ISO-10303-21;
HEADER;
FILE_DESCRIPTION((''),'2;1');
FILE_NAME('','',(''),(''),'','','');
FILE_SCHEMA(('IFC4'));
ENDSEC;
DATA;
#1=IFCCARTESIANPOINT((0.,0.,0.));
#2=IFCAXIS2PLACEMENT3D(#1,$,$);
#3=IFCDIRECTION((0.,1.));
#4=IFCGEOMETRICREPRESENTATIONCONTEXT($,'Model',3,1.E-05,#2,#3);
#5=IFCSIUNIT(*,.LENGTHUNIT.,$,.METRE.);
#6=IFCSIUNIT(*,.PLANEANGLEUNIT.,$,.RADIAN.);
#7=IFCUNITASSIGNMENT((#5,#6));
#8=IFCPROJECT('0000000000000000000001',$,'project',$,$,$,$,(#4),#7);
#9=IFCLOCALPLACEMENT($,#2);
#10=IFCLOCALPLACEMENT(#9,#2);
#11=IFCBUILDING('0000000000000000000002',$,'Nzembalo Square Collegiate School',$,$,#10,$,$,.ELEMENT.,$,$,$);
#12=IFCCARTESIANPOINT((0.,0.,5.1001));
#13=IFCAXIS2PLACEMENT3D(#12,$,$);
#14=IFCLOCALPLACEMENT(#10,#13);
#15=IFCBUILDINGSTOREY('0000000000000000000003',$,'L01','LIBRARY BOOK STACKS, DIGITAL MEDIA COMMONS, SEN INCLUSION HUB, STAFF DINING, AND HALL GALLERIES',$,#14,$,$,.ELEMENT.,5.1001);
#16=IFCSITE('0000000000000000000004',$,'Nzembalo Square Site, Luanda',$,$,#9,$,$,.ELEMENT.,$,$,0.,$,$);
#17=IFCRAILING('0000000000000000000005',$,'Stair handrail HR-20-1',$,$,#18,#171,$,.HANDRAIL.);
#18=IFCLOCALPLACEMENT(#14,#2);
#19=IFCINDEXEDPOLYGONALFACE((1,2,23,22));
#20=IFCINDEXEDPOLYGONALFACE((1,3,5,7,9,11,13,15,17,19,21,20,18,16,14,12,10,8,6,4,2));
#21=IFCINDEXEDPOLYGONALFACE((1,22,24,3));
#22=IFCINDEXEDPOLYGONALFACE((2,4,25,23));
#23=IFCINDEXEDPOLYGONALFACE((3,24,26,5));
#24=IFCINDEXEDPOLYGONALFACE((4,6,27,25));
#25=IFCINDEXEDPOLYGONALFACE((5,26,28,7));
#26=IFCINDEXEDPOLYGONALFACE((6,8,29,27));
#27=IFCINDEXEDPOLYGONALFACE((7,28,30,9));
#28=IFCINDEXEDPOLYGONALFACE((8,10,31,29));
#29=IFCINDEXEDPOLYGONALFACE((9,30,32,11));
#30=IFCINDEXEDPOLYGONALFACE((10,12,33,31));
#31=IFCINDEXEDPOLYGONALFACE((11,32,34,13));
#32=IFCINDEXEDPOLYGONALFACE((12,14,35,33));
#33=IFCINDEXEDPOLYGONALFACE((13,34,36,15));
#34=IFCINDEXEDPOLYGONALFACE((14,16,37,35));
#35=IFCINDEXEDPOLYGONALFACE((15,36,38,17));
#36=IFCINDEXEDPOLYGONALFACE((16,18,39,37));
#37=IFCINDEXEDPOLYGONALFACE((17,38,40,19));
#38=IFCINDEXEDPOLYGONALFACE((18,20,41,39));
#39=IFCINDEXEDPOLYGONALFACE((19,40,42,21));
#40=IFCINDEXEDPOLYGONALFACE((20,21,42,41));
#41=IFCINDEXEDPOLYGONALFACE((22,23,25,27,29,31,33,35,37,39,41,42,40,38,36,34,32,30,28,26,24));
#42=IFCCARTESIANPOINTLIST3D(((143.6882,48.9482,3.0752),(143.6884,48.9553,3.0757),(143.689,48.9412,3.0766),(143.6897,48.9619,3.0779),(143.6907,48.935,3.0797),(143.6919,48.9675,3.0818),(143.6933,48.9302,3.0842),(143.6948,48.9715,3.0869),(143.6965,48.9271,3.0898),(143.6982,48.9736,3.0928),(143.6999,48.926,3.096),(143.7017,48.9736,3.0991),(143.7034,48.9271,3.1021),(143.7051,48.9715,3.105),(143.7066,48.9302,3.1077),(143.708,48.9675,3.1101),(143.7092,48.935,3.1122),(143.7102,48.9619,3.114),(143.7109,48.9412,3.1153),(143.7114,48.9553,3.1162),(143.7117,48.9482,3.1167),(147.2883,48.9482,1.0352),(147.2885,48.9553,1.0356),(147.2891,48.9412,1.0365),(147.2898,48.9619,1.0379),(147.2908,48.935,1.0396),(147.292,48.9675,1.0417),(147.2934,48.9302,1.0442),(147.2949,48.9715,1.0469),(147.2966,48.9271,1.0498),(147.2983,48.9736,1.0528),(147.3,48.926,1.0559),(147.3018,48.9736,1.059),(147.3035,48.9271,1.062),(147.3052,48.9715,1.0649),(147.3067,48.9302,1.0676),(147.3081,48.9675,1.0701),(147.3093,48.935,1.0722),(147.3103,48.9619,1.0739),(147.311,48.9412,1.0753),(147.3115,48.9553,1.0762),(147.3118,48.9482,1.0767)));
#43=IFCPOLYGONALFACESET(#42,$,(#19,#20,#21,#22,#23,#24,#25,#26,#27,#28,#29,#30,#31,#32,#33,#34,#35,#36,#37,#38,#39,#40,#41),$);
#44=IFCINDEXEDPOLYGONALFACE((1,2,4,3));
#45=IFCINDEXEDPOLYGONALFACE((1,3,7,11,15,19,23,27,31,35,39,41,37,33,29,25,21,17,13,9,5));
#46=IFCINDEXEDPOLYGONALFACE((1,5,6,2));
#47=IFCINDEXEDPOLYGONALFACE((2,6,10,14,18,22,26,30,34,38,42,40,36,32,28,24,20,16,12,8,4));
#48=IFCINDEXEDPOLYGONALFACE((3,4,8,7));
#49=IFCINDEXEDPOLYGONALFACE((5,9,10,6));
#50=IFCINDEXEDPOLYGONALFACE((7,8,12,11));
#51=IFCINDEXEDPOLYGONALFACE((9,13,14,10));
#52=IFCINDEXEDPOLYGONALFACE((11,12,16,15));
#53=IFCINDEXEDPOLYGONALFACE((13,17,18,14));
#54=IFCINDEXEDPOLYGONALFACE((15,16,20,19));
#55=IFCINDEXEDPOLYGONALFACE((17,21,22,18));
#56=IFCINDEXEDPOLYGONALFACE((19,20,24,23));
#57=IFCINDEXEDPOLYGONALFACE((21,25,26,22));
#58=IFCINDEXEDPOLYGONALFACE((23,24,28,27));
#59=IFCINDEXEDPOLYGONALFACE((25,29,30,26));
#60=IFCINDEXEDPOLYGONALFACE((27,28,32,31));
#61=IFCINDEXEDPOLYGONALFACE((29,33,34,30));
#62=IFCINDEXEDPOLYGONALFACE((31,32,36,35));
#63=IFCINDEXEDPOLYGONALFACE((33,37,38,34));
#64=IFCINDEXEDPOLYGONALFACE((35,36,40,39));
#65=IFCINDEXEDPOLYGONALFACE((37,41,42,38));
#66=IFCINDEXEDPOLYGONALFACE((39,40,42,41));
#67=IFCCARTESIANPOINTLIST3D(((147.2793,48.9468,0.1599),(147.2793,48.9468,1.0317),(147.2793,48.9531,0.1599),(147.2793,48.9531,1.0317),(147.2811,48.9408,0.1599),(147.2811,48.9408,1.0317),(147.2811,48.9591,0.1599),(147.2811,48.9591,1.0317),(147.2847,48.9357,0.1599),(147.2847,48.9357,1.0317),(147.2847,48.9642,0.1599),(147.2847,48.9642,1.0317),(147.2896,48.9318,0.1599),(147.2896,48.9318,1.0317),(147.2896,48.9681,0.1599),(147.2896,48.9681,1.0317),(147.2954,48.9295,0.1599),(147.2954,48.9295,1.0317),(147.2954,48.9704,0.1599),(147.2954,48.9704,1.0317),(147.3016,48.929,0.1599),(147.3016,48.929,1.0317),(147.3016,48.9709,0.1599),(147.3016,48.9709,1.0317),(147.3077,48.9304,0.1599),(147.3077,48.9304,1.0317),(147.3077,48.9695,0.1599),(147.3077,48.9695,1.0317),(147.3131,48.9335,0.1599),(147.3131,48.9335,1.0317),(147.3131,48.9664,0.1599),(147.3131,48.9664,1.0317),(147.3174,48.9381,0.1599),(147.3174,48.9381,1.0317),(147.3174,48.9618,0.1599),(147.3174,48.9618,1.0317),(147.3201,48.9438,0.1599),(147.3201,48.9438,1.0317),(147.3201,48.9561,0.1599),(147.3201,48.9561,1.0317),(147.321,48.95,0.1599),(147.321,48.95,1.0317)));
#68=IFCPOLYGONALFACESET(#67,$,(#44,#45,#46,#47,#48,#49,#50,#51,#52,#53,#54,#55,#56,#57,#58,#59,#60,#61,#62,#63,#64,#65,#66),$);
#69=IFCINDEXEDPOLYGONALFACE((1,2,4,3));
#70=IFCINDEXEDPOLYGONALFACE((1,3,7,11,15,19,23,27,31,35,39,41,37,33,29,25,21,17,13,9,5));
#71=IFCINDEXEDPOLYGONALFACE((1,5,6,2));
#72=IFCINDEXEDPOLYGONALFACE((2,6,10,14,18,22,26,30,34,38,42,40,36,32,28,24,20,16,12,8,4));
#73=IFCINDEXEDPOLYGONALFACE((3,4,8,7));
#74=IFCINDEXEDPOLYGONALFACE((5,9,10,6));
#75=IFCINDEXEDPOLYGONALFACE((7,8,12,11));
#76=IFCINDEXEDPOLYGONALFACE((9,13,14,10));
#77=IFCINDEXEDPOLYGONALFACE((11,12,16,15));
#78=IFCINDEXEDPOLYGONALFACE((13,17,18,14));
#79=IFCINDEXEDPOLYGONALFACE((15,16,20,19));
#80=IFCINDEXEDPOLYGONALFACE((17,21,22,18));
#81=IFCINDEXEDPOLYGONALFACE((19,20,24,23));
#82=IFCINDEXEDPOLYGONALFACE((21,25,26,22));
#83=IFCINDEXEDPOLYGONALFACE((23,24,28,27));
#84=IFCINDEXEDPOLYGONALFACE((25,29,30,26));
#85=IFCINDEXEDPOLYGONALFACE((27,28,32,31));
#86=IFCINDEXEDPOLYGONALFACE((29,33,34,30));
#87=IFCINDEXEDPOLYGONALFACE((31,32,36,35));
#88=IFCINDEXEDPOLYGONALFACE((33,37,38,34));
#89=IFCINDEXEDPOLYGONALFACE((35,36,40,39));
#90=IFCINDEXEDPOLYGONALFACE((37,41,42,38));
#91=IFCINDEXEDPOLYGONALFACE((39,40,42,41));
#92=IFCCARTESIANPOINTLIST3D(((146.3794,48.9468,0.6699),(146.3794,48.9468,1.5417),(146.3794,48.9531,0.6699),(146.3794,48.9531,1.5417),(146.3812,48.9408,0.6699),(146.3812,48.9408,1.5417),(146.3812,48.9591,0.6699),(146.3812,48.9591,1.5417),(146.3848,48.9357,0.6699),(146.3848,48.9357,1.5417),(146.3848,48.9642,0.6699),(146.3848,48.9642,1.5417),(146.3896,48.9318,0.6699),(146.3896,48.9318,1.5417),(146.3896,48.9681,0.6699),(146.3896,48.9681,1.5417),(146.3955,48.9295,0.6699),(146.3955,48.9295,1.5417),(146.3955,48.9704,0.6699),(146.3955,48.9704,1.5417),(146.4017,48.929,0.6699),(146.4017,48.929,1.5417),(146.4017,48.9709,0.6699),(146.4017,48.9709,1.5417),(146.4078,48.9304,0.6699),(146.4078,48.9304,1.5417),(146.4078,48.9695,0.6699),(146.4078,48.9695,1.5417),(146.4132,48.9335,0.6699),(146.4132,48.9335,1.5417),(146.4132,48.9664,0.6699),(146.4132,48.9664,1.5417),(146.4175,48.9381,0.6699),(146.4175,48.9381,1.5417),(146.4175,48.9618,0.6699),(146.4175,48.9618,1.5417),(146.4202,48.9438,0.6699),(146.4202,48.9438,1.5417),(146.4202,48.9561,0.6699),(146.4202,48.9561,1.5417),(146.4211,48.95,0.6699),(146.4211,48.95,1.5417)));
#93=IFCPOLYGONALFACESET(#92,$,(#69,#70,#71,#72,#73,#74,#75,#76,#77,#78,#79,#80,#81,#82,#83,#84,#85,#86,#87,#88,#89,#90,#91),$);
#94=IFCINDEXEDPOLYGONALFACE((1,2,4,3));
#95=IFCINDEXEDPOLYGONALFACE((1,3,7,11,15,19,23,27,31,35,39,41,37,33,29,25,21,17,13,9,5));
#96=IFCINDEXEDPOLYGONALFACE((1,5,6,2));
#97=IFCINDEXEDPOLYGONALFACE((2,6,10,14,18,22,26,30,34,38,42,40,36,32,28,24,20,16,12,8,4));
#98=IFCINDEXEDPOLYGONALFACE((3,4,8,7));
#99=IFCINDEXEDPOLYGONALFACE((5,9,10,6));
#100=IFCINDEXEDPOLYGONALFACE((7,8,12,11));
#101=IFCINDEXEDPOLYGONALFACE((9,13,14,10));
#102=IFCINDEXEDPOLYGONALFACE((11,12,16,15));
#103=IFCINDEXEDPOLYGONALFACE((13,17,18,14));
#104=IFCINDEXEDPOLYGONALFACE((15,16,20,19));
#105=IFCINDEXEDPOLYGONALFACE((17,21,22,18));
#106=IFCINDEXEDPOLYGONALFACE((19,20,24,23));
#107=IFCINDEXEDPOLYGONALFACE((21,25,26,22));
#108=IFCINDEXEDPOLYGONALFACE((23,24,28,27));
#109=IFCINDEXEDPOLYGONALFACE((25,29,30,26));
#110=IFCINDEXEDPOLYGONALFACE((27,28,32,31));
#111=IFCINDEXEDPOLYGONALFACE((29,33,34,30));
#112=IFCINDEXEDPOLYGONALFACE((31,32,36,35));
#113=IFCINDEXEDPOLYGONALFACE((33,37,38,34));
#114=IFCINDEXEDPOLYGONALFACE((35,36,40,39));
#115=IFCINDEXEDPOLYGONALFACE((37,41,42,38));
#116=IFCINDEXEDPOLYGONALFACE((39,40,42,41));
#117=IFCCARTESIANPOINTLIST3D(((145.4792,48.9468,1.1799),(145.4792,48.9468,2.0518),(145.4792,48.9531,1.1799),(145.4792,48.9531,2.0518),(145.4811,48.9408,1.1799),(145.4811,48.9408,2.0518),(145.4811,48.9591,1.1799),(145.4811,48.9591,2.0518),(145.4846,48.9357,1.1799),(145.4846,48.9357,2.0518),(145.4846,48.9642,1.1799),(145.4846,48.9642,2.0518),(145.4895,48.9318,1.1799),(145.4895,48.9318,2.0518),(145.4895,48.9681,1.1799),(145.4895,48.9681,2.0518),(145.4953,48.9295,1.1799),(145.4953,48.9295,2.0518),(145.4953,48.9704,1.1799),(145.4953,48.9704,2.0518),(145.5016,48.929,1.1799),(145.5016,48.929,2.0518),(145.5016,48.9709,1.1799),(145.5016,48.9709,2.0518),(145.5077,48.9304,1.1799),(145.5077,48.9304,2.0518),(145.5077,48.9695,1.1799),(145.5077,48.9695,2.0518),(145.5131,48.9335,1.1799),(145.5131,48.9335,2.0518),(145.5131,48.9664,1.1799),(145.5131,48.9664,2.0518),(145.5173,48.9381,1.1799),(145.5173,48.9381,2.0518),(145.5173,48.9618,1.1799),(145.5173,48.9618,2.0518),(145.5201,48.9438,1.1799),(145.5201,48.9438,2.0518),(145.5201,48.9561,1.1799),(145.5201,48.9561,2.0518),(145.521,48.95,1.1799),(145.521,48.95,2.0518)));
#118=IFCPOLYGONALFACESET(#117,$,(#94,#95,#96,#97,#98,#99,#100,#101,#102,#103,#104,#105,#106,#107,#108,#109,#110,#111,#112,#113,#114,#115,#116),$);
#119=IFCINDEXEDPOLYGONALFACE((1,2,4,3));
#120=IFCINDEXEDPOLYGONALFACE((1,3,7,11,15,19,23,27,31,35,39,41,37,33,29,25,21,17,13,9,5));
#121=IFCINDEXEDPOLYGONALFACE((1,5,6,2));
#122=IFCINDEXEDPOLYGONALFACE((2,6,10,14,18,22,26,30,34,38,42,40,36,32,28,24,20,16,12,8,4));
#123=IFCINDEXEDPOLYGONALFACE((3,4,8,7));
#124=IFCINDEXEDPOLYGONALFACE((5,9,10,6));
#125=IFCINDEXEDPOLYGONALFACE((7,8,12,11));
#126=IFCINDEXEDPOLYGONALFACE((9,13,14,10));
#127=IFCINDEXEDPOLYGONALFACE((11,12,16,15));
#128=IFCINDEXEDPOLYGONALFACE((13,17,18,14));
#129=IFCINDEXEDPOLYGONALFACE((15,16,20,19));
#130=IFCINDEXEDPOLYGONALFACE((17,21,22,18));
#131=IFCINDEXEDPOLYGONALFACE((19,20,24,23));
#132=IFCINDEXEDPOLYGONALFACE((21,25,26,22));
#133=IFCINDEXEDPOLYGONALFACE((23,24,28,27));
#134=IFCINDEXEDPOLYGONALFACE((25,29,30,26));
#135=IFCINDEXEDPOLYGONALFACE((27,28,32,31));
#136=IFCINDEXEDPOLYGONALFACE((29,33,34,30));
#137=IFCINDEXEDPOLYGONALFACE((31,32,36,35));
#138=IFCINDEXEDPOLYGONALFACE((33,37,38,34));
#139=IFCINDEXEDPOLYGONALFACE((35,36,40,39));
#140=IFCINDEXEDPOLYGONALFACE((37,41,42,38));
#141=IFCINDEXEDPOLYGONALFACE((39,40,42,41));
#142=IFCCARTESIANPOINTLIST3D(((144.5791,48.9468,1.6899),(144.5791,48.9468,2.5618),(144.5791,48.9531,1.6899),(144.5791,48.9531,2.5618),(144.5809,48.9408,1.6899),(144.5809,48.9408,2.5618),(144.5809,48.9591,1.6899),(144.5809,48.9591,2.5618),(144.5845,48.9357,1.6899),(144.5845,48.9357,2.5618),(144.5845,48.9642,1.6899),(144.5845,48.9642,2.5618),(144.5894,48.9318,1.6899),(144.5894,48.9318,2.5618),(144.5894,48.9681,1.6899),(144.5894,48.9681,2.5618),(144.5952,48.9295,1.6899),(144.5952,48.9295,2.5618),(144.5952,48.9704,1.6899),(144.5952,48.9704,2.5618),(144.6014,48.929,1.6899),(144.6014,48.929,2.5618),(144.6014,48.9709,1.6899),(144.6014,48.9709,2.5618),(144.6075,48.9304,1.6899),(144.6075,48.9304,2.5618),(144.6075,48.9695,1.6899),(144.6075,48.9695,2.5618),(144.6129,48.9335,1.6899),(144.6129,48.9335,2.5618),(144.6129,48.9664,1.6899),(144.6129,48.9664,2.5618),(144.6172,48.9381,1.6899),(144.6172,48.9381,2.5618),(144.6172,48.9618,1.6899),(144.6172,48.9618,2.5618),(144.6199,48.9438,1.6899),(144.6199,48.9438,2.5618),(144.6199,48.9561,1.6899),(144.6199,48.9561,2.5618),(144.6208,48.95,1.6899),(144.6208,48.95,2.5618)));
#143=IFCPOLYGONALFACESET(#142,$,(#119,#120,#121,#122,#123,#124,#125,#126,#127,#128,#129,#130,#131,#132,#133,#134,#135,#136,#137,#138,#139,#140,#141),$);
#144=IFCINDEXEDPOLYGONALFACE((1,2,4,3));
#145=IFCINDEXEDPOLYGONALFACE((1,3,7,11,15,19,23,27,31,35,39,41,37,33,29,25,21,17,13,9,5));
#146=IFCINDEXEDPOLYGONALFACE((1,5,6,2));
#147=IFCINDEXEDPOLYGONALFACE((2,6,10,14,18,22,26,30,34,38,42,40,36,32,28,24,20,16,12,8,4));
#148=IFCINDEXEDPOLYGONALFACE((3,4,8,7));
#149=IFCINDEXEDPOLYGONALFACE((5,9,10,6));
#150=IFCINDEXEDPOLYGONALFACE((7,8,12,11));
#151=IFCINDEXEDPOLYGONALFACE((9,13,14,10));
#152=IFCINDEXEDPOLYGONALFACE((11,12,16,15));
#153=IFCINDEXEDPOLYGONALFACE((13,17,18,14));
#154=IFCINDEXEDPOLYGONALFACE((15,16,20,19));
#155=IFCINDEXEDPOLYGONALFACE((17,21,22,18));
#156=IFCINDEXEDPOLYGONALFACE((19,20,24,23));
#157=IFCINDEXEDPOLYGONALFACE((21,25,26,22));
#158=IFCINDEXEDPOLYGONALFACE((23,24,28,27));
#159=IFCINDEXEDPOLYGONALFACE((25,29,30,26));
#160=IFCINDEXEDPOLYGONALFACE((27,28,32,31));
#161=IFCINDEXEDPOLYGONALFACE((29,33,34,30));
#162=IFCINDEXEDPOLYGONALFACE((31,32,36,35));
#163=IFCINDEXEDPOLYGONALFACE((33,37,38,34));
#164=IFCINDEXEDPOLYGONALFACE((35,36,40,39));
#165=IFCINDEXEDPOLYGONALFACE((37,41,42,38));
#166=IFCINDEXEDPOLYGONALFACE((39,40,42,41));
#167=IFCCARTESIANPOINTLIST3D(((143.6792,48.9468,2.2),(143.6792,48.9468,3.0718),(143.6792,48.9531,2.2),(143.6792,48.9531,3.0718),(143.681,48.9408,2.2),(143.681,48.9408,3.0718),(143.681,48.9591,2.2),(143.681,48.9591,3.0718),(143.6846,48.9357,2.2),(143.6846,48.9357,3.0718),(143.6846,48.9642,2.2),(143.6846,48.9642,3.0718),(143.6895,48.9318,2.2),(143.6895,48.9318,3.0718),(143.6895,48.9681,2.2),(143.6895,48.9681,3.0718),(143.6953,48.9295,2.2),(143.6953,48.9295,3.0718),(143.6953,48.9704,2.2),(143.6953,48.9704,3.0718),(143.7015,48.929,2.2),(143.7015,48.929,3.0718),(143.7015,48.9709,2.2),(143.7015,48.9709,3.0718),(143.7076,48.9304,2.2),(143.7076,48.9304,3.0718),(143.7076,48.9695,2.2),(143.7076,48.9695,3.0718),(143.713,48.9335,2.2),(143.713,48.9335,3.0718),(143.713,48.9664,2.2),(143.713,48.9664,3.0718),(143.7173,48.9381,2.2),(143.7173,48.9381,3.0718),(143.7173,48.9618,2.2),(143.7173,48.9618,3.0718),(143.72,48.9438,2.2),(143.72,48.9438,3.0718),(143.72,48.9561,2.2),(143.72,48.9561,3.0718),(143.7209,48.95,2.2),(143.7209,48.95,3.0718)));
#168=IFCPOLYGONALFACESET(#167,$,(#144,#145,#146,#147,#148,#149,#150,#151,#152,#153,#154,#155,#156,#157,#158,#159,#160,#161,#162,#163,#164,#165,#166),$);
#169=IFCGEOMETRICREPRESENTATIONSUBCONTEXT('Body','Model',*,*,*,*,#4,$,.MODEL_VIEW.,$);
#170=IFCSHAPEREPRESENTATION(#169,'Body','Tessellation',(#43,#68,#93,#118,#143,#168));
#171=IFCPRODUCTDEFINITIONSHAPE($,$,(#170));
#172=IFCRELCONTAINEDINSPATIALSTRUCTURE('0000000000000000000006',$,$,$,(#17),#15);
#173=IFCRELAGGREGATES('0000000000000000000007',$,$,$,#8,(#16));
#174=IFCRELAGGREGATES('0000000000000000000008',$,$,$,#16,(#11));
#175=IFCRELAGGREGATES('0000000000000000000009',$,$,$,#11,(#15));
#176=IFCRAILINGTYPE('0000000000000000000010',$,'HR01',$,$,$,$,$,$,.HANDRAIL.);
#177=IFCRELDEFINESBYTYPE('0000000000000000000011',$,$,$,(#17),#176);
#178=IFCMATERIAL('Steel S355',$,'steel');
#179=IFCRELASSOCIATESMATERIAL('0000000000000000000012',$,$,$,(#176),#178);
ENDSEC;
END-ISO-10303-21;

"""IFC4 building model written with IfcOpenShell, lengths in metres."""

from ifc_helpers import new_model, si_unit, direction, frame, origin, origin_2d, place, context, subcontext, project, spatial, circle, extrude, material, type_object, element, save


model = new_model("IFC4")

# Units and contexts
model_context = context("Model", 3, precision=1e-05, world=origin(), true_north=direction((0.0, 1.0)))
body_context = subcontext(model_context, "Body", "Model", "MODEL_VIEW")
ifc_project = project(units=[si_unit("LENGTHUNIT", "METRE"), si_unit("PLANEANGLEUNIT", "RADIAN")], contexts=[model_context])

# Site, building, storey
site_placement = place(None, origin())
site = spatial("IfcSite", under=ifc_project, at=site_placement, Name="Nzembalo Square Site, Luanda", CompositionType="ELEMENT", RefElevation=0.0)
building_placement = place(site_placement, origin())
building = spatial("IfcBuilding", under=site, at=building_placement, Name="Nzembalo Square Collegiate School", CompositionType="ELEMENT")
storey_placement = place(building_placement, frame((0.0, 0.0, 5.1001)))
storey = spatial("IfcBuildingStorey", under=building, at=storey_placement, Name="L01", Description="LIBRARY BOOK STACKS, DIGITAL MEDIA COMMONS, SEN INCLUSION HUB, STAFF DINING, AND HALL GALLERIES", CompositionType="ELEMENT", Elevation=5.1001)

# Railing
ifc_material_1 = material(Name="Steel S355", Category="steel")
railing_type_1 = type_object("IfcRailingType", Name="HR01", PredefinedType="HANDRAIL", material=ifc_material_1)
railing_1_placement = place(storey_placement, frame((147.3, 48.95, 0.1599)))
element("IfcRailing", 1, at=railing_1_placement, inside=storey, type_object=railing_type_1, Name="Stair handrail HR-20-1", PredefinedType="HANDRAIL", context=body_context, shape_type="SweptSolid", body=[
    extrude(circle(Radius=0.0239, at=origin_2d()), frame((0.0, 0.0, 0.896), z_axis=(-0.870024, 0.0, 0.49301), x_axis=(0.0, -1.0, 0.0)), (0.0, 0.0, 1.0), 4.1379),
    extrude(circle(Radius=0.021, at=origin_2d()), origin(), (0.0, 0.0, 1.0), 0.8718),
    extrude(circle(Radius=0.021, at=origin_2d()), frame((-0.8999, 0.0, 0.51)), (0.0, 0.0, 1.0), 0.8718),
    extrude(circle(Radius=0.021, at=origin_2d()), frame((-1.8, 0.0, 1.02)), (0.0, 0.0, 1.0), 0.8718),
    extrude(circle(Radius=0.021, at=origin_2d()), frame((-2.7002, 0.0, 1.53)), (0.0, 0.0, 1.0), 0.8718),
    extrude(circle(Radius=0.021, at=origin_2d()), frame((-3.6001, 0.0, 2.04)), (0.0, 0.0, 1.0), 0.8718),
])

save(model, "model.ifc")
